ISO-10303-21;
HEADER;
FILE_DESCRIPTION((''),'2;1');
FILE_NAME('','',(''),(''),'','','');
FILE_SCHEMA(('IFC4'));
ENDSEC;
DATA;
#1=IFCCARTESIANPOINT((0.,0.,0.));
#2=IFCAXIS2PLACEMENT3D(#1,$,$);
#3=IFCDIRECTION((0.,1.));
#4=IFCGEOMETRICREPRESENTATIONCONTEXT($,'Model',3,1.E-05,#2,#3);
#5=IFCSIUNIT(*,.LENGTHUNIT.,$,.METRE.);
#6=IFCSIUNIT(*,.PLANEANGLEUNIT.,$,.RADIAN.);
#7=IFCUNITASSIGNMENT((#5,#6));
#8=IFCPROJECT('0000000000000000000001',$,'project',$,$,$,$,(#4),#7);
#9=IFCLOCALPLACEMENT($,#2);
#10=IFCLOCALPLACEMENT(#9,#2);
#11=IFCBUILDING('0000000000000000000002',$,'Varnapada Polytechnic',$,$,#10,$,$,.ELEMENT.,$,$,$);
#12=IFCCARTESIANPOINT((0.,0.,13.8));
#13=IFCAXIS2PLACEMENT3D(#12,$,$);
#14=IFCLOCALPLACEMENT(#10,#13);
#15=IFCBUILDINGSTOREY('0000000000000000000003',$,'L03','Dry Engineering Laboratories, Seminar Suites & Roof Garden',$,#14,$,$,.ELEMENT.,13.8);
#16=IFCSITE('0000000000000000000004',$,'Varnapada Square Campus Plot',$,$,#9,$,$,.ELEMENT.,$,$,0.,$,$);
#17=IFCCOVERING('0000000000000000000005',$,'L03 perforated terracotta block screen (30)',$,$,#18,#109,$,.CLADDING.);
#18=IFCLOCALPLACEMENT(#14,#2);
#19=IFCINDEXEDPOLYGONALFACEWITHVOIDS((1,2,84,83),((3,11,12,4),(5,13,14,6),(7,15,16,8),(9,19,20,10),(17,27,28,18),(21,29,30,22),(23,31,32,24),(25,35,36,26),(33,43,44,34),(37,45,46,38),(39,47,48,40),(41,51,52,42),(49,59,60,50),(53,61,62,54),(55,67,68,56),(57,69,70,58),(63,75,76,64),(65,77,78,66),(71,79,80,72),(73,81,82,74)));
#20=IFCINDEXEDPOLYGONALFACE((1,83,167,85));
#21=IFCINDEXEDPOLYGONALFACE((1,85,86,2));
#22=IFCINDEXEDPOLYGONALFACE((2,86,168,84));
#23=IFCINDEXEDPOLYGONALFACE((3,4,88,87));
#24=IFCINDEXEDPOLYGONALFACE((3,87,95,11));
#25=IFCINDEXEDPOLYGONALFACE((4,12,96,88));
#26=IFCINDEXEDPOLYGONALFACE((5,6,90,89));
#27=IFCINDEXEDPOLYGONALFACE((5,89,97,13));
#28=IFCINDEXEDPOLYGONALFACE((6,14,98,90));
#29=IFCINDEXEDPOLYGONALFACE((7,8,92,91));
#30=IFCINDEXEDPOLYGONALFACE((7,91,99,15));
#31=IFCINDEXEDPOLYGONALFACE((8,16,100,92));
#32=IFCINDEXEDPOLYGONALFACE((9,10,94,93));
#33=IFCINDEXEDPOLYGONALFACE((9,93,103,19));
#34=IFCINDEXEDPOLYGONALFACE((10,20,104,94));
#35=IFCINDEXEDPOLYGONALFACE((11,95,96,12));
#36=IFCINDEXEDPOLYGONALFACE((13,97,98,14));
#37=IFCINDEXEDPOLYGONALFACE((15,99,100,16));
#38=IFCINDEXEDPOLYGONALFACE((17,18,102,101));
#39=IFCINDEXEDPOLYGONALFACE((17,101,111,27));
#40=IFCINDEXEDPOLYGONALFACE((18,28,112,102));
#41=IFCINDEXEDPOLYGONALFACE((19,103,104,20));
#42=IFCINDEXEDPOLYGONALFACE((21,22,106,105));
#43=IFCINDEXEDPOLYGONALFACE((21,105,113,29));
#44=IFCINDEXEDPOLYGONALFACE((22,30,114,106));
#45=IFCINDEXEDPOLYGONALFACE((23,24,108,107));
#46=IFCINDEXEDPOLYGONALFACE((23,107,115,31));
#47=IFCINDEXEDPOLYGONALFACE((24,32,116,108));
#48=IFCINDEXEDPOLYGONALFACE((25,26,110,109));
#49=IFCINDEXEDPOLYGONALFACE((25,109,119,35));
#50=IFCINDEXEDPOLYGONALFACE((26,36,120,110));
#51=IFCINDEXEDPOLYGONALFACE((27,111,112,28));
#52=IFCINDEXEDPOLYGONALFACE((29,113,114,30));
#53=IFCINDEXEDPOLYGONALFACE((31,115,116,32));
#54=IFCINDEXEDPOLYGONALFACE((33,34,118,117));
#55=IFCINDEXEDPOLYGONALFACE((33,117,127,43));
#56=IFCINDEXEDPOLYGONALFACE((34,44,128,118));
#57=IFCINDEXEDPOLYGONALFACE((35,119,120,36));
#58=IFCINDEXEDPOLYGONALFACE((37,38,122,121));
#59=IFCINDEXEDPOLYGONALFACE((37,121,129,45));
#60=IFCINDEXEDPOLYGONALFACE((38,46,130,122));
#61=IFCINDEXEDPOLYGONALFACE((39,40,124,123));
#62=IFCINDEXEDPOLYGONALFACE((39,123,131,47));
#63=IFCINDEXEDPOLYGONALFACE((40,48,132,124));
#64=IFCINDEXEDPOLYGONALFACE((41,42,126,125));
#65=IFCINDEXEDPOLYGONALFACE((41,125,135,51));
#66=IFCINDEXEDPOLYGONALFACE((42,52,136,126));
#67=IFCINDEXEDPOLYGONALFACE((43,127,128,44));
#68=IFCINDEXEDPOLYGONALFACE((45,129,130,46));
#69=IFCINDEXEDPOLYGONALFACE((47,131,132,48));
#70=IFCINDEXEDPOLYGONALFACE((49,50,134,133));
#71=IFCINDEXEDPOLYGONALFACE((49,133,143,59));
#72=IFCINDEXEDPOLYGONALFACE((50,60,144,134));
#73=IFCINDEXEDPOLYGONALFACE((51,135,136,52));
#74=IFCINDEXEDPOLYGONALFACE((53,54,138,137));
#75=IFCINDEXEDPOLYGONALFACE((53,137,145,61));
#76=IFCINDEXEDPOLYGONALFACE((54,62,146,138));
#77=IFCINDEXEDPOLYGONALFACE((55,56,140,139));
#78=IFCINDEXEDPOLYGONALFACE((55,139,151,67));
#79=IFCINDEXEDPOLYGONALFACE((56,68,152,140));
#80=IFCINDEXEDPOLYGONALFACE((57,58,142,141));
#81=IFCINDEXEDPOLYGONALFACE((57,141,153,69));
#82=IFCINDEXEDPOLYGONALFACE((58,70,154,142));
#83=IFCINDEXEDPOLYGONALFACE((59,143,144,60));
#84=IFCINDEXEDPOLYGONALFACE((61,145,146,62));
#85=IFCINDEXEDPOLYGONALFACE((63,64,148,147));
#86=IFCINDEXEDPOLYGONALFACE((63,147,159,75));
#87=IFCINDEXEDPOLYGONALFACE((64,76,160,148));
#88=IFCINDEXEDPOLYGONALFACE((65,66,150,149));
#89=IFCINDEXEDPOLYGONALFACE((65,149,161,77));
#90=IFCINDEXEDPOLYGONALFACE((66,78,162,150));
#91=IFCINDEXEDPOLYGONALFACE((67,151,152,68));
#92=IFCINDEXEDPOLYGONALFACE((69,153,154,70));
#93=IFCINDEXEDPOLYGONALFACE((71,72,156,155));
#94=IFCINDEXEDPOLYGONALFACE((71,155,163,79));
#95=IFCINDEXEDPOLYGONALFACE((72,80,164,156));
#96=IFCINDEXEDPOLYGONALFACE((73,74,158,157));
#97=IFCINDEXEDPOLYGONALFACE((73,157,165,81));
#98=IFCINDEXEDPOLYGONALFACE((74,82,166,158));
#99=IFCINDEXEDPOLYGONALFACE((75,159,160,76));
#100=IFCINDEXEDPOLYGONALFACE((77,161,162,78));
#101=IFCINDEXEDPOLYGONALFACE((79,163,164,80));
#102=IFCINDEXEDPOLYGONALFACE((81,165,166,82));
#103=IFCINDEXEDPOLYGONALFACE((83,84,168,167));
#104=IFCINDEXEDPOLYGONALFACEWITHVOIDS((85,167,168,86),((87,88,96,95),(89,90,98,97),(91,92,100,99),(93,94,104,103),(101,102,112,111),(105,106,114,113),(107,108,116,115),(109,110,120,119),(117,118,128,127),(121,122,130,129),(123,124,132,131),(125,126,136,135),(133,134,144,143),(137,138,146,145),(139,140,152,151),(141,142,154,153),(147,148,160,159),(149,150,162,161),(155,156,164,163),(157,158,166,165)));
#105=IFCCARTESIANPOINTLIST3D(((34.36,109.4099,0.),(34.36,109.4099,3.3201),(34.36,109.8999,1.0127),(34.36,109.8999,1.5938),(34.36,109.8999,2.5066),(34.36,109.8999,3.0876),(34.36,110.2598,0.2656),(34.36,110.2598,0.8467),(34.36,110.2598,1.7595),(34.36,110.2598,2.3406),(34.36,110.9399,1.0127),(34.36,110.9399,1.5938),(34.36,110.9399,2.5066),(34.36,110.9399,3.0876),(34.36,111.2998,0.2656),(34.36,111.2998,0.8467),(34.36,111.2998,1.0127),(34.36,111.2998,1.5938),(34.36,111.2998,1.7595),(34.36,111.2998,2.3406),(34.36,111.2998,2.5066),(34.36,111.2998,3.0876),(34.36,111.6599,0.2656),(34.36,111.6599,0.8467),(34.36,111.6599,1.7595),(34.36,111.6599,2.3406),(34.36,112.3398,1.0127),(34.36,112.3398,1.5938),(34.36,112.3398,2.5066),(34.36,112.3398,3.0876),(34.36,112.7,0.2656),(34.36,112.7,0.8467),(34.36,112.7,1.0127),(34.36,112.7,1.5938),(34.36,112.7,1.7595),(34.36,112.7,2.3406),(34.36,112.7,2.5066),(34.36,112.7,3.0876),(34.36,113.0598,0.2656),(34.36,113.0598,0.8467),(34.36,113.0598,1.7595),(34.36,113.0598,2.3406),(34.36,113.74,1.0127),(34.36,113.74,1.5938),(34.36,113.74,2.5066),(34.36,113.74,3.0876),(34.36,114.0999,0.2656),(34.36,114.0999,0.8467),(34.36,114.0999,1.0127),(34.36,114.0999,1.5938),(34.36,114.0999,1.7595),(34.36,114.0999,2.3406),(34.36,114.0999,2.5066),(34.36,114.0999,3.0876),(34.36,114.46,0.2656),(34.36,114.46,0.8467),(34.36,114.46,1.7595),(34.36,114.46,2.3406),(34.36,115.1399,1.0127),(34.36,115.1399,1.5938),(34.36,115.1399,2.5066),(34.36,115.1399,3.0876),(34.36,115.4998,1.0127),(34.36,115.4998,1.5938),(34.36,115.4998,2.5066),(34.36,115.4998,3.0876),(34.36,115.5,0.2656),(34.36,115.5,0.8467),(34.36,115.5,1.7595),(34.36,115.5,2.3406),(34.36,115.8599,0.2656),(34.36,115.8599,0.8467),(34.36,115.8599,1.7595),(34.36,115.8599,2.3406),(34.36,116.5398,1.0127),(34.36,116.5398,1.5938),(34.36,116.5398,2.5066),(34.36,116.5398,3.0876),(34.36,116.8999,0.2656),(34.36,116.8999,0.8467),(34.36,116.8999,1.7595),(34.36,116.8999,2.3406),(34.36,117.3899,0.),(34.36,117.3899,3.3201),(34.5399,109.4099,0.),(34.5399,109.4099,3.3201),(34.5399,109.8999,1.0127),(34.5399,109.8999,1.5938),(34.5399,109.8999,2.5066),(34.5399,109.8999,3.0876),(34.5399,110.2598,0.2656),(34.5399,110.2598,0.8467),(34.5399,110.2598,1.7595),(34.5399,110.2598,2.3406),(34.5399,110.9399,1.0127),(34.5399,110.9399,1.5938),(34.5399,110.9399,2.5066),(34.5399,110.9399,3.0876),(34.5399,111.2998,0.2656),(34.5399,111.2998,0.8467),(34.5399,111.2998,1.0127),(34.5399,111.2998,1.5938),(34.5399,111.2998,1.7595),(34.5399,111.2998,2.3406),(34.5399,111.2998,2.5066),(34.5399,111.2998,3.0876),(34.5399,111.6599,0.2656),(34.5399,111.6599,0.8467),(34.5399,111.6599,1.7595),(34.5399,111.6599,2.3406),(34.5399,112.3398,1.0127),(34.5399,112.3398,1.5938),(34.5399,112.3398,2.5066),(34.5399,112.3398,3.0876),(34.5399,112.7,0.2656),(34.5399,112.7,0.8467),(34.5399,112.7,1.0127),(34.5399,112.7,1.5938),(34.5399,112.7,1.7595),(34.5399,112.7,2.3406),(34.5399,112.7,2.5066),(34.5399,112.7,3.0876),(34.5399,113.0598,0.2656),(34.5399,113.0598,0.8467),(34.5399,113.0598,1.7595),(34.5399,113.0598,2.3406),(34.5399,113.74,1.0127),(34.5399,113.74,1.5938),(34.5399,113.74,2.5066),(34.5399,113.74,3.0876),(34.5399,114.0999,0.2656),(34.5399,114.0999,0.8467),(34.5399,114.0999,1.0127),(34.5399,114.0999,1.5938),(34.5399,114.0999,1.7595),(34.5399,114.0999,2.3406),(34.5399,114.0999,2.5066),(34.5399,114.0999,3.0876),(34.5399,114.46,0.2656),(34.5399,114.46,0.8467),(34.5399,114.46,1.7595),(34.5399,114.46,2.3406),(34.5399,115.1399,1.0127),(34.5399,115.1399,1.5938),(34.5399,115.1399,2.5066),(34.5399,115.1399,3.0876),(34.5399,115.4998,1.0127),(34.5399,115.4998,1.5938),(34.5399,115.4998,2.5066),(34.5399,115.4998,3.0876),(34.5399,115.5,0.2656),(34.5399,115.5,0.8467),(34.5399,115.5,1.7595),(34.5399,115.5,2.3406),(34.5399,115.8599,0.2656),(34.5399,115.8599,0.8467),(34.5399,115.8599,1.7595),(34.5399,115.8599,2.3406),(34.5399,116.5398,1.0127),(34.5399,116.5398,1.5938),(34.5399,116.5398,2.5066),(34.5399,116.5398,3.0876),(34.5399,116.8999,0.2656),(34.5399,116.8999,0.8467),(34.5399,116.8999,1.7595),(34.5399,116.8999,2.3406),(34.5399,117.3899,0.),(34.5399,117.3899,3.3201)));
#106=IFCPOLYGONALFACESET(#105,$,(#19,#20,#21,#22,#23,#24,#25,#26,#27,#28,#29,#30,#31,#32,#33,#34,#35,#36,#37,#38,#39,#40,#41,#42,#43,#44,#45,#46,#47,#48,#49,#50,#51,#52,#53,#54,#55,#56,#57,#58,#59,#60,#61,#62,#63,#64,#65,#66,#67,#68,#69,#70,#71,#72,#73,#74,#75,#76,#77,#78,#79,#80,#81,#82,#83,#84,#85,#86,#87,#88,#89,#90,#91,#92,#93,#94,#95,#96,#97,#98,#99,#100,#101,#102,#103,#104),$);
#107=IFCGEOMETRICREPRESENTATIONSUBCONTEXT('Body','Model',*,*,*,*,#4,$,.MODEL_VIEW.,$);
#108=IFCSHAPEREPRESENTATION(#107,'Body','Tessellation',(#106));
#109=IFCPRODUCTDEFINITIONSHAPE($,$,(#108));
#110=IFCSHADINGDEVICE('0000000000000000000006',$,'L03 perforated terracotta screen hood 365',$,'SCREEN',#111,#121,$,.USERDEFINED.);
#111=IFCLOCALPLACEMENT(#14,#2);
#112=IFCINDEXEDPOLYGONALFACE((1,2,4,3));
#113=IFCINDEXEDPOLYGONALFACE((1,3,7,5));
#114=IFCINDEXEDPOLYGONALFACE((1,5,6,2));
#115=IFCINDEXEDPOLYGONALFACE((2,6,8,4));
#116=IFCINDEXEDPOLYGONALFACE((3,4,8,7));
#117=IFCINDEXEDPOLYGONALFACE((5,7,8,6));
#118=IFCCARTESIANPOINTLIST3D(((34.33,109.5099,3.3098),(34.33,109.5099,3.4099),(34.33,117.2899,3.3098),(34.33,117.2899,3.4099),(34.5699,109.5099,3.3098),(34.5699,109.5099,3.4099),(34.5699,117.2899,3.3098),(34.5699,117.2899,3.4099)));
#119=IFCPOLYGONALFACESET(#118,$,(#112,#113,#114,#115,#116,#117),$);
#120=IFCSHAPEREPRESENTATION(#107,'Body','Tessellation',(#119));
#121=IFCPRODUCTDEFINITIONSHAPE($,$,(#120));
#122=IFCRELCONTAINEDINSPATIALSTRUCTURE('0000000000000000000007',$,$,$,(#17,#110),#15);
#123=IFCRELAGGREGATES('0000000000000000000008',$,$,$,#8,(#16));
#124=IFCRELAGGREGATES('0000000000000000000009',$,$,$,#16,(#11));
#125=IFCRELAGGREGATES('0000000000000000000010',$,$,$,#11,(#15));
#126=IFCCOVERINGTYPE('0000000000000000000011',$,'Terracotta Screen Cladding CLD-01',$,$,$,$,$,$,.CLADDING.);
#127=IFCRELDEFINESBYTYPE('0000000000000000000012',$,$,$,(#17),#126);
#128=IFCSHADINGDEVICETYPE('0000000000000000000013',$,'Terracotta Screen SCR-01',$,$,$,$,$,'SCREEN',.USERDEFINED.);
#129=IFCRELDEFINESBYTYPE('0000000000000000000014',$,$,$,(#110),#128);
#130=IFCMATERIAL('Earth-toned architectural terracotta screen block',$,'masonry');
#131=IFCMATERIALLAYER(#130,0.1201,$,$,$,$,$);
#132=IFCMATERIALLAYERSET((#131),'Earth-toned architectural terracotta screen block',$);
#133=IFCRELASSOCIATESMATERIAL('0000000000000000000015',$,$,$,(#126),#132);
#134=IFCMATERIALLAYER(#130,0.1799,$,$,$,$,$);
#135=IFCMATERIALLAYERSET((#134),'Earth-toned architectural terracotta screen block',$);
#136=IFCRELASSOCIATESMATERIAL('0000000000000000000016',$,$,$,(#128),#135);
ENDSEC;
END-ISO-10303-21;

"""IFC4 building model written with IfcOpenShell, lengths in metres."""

from ifc_helpers import new_model, si_unit, direction, frame, frame_2d, origin, origin_2d, place, context, subcontext, project, spatial, rectangle, extrude, material, layer, layer_set, type_object, element, save


model = new_model("IFC4")

# Units and contexts
model_context = context("Model", 3, precision=1e-05, world=origin(), true_north=direction((0.0, 1.0)))
body_context = subcontext(model_context, "Body", "Model", "MODEL_VIEW")
ifc_project = project(units=[si_unit("LENGTHUNIT", "METRE"), si_unit("PLANEANGLEUNIT", "RADIAN")], contexts=[model_context])

# Site, building, storey
site_placement = place(None, origin())
site = spatial("IfcSite", under=ifc_project, at=site_placement, Name="Varnapada Square Campus Plot", CompositionType="ELEMENT", RefElevation=0.0)
building_placement = place(site_placement, origin())
building = spatial("IfcBuilding", under=site, at=building_placement, Name="Varnapada Polytechnic", CompositionType="ELEMENT")
storey_placement = place(building_placement, frame((0.0, 0.0, 13.8)))
storey = spatial("IfcBuildingStorey", under=building, at=storey_placement, Name="L03", Description="Dry Engineering Laboratories, Seminar Suites & Roof Garden", CompositionType="ELEMENT", Elevation=13.8)

# Covering, openings
ifc_material_1 = material(Name="Earth-toned architectural terracotta screen block", Category="masonry")
ifc_layer_1 = layer(ifc_material_1, 0.1201)
ifc_layer_set_1 = layer_set([ifc_layer_1], Name="Earth-toned architectural terracotta screen block")
covering_type = type_object("IfcCoveringType", Name="Terracotta Screen Cladding CLD-01", PredefinedType="CLADDING", material=ifc_layer_set_1)
covering_placement = place(storey_placement, frame((34.45, 117.3899, 0.0), z_axis=(0.0, 0.0, 1.0), x_axis=(0.0, -1.0, 0.0)))
covering = element("IfcCovering", 1, at=covering_placement, inside=storey, type_object=covering_type, Name="L03 perforated terracotta block screen (30)", PredefinedType="CLADDING", context=body_context, shape_type="SweptSolid", body=[
    extrude(rectangle(XDim=7.98, YDim=0.1799, at=frame_2d((3.99, 0.0))), origin(), (0.0, 0.0, 1.0), 3.3201),
])
opening_1_placement = place(covering_placement, frame((0.49, 0.0, 0.2656)))
element("IfcOpeningElement", 2, at=opening_1_placement, cuts=covering, PredefinedType="OPENING", context=body_context, shape_type="SweptSolid", body=[
    extrude(rectangle(XDim=1.04, YDim=0.5811, at=frame_2d((0.52, 0.2905))), frame((0.0, 0.0999, 0.0), z_axis=(0.0, -1.0, 0.0), x_axis=(1.0, 0.0, 0.0)), (0.0, 0.0, 1.0), 0.2),
])
opening_2_placement = place(covering_placement, frame((1.8899, 0.0, 0.2656)))
element("IfcOpeningElement", 3, at=opening_2_placement, cuts=covering, PredefinedType="OPENING", context=body_context, shape_type="SweptSolid", body=[
    extrude(rectangle(XDim=1.04, YDim=0.5811, at=frame_2d((0.52, 0.2905))), frame((0.0, 0.0999, 0.0), z_axis=(0.0, -1.0, 0.0), x_axis=(1.0, 0.0, 0.0)), (0.0, 0.0, 1.0), 0.2),
])
opening_3_placement = place(covering_placement, frame((3.29, 0.0, 0.2656)))
element("IfcOpeningElement", 4, at=opening_3_placement, cuts=covering, PredefinedType="OPENING", context=body_context, shape_type="SweptSolid", body=[
    extrude(rectangle(XDim=1.04, YDim=0.5811, at=frame_2d((0.52, 0.2905))), frame((0.0, 0.0999, 0.0), z_axis=(0.0, -1.0, 0.0), x_axis=(1.0, 0.0, 0.0)), (0.0, 0.0, 1.0), 0.2),
])
opening_4_placement = place(covering_placement, frame((4.6899, 0.0, 0.2656)))
element("IfcOpeningElement", 5, at=opening_4_placement, cuts=covering, PredefinedType="OPENING", context=body_context, shape_type="SweptSolid", body=[
    extrude(rectangle(XDim=1.04, YDim=0.5811, at=frame_2d((0.52, 0.2905))), frame((0.0, 0.0999, 0.0), z_axis=(0.0, -1.0, 0.0), x_axis=(1.0, 0.0, 0.0)), (0.0, 0.0, 1.0), 0.2),
])
opening_5_placement = place(covering_placement, frame((6.0901, 0.0, 0.2656)))
element("IfcOpeningElement", 6, at=opening_5_placement, cuts=covering, PredefinedType="OPENING", context=body_context, shape_type="SweptSolid", body=[
    extrude(rectangle(XDim=1.04, YDim=0.5811, at=frame_2d((0.52, 0.2905))), frame((0.0, 0.0999, 0.0), z_axis=(0.0, -1.0, 0.0), x_axis=(1.0, 0.0, 0.0)), (0.0, 0.0, 1.0), 0.2),
])
opening_6_placement = place(covering_placement, frame((0.8501, 0.0, 1.0127)))
element("IfcOpeningElement", 7, at=opening_6_placement, cuts=covering, PredefinedType="OPENING", context=body_context, shape_type="SweptSolid", body=[
    extrude(rectangle(XDim=1.04, YDim=0.5811, at=frame_2d((0.52, 0.2905))), frame((0.0, 0.0999, 0.0), z_axis=(0.0, -1.0, 0.0), x_axis=(1.0, 0.0, 0.0)), (0.0, 0.0, 1.0), 0.2),
])
opening_7_placement = place(covering_placement, frame((2.25, 0.0, 1.0127)))
element("IfcOpeningElement", 8, at=opening_7_placement, cuts=covering, PredefinedType="OPENING", context=body_context, shape_type="SweptSolid", body=[
    extrude(rectangle(XDim=1.04, YDim=0.5811, at=frame_2d((0.52, 0.2905))), frame((0.0, 0.0999, 0.0), z_axis=(0.0, -1.0, 0.0), x_axis=(1.0, 0.0, 0.0)), (0.0, 0.0, 1.0), 0.2),
])
opening_8_placement = place(covering_placement, frame((3.6499, 0.0, 1.0127)))
element("IfcOpeningElement", 9, at=opening_8_placement, cuts=covering, PredefinedType="OPENING", context=body_context, shape_type="SweptSolid", body=[
    extrude(rectangle(XDim=1.04, YDim=0.5811, at=frame_2d((0.52, 0.2905))), frame((0.0, 0.0999, 0.0), z_axis=(0.0, -1.0, 0.0), x_axis=(1.0, 0.0, 0.0)), (0.0, 0.0, 1.0), 0.2),
])
opening_9_placement = place(covering_placement, frame((5.05, 0.0, 1.0127)))
element("IfcOpeningElement", 10, at=opening_9_placement, cuts=covering, PredefinedType="OPENING", context=body_context, shape_type="SweptSolid", body=[
    extrude(rectangle(XDim=1.04, YDim=0.5811, at=frame_2d((0.52, 0.2905))), frame((0.0, 0.0999, 0.0), z_axis=(0.0, -1.0, 0.0), x_axis=(1.0, 0.0, 0.0)), (0.0, 0.0, 1.0), 0.2),
])
opening_10_placement = place(covering_placement, frame((6.45, 0.0, 1.0127)))
element("IfcOpeningElement", 11, at=opening_10_placement, cuts=covering, PredefinedType="OPENING", context=body_context, shape_type="SweptSolid", body=[
    extrude(rectangle(XDim=1.04, YDim=0.5811, at=frame_2d((0.52, 0.2905))), frame((0.0, 0.0999, 0.0), z_axis=(0.0, -1.0, 0.0), x_axis=(1.0, 0.0, 0.0)), (0.0, 0.0, 1.0), 0.2),
])
opening_11_placement = place(covering_placement, frame((0.49, 0.0, 1.7595)))
element("IfcOpeningElement", 12, at=opening_11_placement, cuts=covering, PredefinedType="OPENING", context=body_context, shape_type="SweptSolid", body=[
    extrude(rectangle(XDim=1.04, YDim=0.5811, at=frame_2d((0.52, 0.2905))), frame((0.0, 0.0999, 0.0), z_axis=(0.0, -1.0, 0.0), x_axis=(1.0, 0.0, 0.0)), (0.0, 0.0, 1.0), 0.2),
])
opening_12_placement = place(covering_placement, frame((1.8899, 0.0, 1.7595)))
element("IfcOpeningElement", 13, at=opening_12_placement, cuts=covering, PredefinedType="OPENING", context=body_context, shape_type="SweptSolid", body=[
    extrude(rectangle(XDim=1.04, YDim=0.5811, at=frame_2d((0.52, 0.2905))), frame((0.0, 0.0999, 0.0), z_axis=(0.0, -1.0, 0.0), x_axis=(1.0, 0.0, 0.0)), (0.0, 0.0, 1.0), 0.2),
])
opening_13_placement = place(covering_placement, frame((3.29, 0.0, 1.7595)))
element("IfcOpeningElement", 14, at=opening_13_placement, cuts=covering, PredefinedType="OPENING", context=body_context, shape_type="SweptSolid", body=[
    extrude(rectangle(XDim=1.04, YDim=0.5811, at=frame_2d((0.52, 0.2905))), frame((0.0, 0.0999, 0.0), z_axis=(0.0, -1.0, 0.0), x_axis=(1.0, 0.0, 0.0)), (0.0, 0.0, 1.0), 0.2),
])
opening_14_placement = place(covering_placement, frame((4.6899, 0.0, 1.7595)))
element("IfcOpeningElement", 15, at=opening_14_placement, cuts=covering, PredefinedType="OPENING", context=body_context, shape_type="SweptSolid", body=[
    extrude(rectangle(XDim=1.04, YDim=0.5811, at=frame_2d((0.52, 0.2905))), frame((0.0, 0.0999, 0.0), z_axis=(0.0, -1.0, 0.0), x_axis=(1.0, 0.0, 0.0)), (0.0, 0.0, 1.0), 0.2),
])
opening_15_placement = place(covering_placement, frame((6.0901, 0.0, 1.7595)))
element("IfcOpeningElement", 16, at=opening_15_placement, cuts=covering, PredefinedType="OPENING", context=body_context, shape_type="SweptSolid", body=[
    extrude(rectangle(XDim=1.04, YDim=0.5811, at=frame_2d((0.52, 0.2905))), frame((0.0, 0.0999, 0.0), z_axis=(0.0, -1.0, 0.0), x_axis=(1.0, 0.0, 0.0)), (0.0, 0.0, 1.0), 0.2),
])
opening_16_placement = place(covering_placement, frame((0.8501, 0.0, 2.5066)))
element("IfcOpeningElement", 17, at=opening_16_placement, cuts=covering, PredefinedType="OPENING", context=body_context, shape_type="SweptSolid", body=[
    extrude(rectangle(XDim=1.04, YDim=0.5811, at=frame_2d((0.52, 0.2905))), frame((0.0, 0.0999, 0.0), z_axis=(0.0, -1.0, 0.0), x_axis=(1.0, 0.0, 0.0)), (0.0, 0.0, 1.0), 0.2),
])
opening_17_placement = place(covering_placement, frame((2.25, 0.0, 2.5066)))
element("IfcOpeningElement", 18, at=opening_17_placement, cuts=covering, PredefinedType="OPENING", context=body_context, shape_type="SweptSolid", body=[
    extrude(rectangle(XDim=1.04, YDim=0.5811, at=frame_2d((0.52, 0.2905))), frame((0.0, 0.0999, 0.0), z_axis=(0.0, -1.0, 0.0), x_axis=(1.0, 0.0, 0.0)), (0.0, 0.0, 1.0), 0.2),
])
opening_18_placement = place(covering_placement, frame((3.6499, 0.0, 2.5066)))
element("IfcOpeningElement", 19, at=opening_18_placement, cuts=covering, PredefinedType="OPENING", context=body_context, shape_type="SweptSolid", body=[
    extrude(rectangle(XDim=1.04, YDim=0.5811, at=frame_2d((0.52, 0.2905))), frame((0.0, 0.0999, 0.0), z_axis=(0.0, -1.0, 0.0), x_axis=(1.0, 0.0, 0.0)), (0.0, 0.0, 1.0), 0.2),
])
opening_19_placement = place(covering_placement, frame((5.05, 0.0, 2.5066)))
element("IfcOpeningElement", 20, at=opening_19_placement, cuts=covering, PredefinedType="OPENING", context=body_context, shape_type="SweptSolid", body=[
    extrude(rectangle(XDim=1.04, YDim=0.5811, at=frame_2d((0.52, 0.2905))), frame((0.0, 0.0999, 0.0), z_axis=(0.0, -1.0, 0.0), x_axis=(1.0, 0.0, 0.0)), (0.0, 0.0, 1.0), 0.2),
])
opening_20_placement = place(covering_placement, frame((6.45, 0.0, 2.5066)))
element("IfcOpeningElement", 21, at=opening_20_placement, cuts=covering, PredefinedType="OPENING", context=body_context, shape_type="SweptSolid", body=[
    extrude(rectangle(XDim=1.04, YDim=0.5811, at=frame_2d((0.52, 0.2905))), frame((0.0, 0.0999, 0.0), z_axis=(0.0, -1.0, 0.0), x_axis=(1.0, 0.0, 0.0)), (0.0, 0.0, 1.0), 0.2),
])

# Shading device
ifc_layer_2 = layer(ifc_material_1, 0.1799)
ifc_layer_set_2 = layer_set([ifc_layer_2], Name="Earth-toned architectural terracotta screen block")
shading_device_type = type_object("IfcShadingDeviceType", Name="Terracotta Screen SCR-01", ElementType="SCREEN", PredefinedType="USERDEFINED", material=ifc_layer_set_2)
shading_device_placement = place(storey_placement, frame((34.45, 113.3999, 3.3098), z_axis=(0.0, 0.0, 1.0), x_axis=(0.0, -1.0, 0.0)))
element("IfcShadingDevice", 22, at=shading_device_placement, inside=storey, type_object=shading_device_type, Name="L03 perforated terracotta screen hood 365", ObjectType="SCREEN", PredefinedType="USERDEFINED", context=body_context, shape_type="SweptSolid", body=[
    extrude(rectangle(XDim=7.78, YDim=0.24, at=origin_2d()), origin(), (0.0, 0.0, 1.0), 0.1001),
])

save(model, "model.ifc")
